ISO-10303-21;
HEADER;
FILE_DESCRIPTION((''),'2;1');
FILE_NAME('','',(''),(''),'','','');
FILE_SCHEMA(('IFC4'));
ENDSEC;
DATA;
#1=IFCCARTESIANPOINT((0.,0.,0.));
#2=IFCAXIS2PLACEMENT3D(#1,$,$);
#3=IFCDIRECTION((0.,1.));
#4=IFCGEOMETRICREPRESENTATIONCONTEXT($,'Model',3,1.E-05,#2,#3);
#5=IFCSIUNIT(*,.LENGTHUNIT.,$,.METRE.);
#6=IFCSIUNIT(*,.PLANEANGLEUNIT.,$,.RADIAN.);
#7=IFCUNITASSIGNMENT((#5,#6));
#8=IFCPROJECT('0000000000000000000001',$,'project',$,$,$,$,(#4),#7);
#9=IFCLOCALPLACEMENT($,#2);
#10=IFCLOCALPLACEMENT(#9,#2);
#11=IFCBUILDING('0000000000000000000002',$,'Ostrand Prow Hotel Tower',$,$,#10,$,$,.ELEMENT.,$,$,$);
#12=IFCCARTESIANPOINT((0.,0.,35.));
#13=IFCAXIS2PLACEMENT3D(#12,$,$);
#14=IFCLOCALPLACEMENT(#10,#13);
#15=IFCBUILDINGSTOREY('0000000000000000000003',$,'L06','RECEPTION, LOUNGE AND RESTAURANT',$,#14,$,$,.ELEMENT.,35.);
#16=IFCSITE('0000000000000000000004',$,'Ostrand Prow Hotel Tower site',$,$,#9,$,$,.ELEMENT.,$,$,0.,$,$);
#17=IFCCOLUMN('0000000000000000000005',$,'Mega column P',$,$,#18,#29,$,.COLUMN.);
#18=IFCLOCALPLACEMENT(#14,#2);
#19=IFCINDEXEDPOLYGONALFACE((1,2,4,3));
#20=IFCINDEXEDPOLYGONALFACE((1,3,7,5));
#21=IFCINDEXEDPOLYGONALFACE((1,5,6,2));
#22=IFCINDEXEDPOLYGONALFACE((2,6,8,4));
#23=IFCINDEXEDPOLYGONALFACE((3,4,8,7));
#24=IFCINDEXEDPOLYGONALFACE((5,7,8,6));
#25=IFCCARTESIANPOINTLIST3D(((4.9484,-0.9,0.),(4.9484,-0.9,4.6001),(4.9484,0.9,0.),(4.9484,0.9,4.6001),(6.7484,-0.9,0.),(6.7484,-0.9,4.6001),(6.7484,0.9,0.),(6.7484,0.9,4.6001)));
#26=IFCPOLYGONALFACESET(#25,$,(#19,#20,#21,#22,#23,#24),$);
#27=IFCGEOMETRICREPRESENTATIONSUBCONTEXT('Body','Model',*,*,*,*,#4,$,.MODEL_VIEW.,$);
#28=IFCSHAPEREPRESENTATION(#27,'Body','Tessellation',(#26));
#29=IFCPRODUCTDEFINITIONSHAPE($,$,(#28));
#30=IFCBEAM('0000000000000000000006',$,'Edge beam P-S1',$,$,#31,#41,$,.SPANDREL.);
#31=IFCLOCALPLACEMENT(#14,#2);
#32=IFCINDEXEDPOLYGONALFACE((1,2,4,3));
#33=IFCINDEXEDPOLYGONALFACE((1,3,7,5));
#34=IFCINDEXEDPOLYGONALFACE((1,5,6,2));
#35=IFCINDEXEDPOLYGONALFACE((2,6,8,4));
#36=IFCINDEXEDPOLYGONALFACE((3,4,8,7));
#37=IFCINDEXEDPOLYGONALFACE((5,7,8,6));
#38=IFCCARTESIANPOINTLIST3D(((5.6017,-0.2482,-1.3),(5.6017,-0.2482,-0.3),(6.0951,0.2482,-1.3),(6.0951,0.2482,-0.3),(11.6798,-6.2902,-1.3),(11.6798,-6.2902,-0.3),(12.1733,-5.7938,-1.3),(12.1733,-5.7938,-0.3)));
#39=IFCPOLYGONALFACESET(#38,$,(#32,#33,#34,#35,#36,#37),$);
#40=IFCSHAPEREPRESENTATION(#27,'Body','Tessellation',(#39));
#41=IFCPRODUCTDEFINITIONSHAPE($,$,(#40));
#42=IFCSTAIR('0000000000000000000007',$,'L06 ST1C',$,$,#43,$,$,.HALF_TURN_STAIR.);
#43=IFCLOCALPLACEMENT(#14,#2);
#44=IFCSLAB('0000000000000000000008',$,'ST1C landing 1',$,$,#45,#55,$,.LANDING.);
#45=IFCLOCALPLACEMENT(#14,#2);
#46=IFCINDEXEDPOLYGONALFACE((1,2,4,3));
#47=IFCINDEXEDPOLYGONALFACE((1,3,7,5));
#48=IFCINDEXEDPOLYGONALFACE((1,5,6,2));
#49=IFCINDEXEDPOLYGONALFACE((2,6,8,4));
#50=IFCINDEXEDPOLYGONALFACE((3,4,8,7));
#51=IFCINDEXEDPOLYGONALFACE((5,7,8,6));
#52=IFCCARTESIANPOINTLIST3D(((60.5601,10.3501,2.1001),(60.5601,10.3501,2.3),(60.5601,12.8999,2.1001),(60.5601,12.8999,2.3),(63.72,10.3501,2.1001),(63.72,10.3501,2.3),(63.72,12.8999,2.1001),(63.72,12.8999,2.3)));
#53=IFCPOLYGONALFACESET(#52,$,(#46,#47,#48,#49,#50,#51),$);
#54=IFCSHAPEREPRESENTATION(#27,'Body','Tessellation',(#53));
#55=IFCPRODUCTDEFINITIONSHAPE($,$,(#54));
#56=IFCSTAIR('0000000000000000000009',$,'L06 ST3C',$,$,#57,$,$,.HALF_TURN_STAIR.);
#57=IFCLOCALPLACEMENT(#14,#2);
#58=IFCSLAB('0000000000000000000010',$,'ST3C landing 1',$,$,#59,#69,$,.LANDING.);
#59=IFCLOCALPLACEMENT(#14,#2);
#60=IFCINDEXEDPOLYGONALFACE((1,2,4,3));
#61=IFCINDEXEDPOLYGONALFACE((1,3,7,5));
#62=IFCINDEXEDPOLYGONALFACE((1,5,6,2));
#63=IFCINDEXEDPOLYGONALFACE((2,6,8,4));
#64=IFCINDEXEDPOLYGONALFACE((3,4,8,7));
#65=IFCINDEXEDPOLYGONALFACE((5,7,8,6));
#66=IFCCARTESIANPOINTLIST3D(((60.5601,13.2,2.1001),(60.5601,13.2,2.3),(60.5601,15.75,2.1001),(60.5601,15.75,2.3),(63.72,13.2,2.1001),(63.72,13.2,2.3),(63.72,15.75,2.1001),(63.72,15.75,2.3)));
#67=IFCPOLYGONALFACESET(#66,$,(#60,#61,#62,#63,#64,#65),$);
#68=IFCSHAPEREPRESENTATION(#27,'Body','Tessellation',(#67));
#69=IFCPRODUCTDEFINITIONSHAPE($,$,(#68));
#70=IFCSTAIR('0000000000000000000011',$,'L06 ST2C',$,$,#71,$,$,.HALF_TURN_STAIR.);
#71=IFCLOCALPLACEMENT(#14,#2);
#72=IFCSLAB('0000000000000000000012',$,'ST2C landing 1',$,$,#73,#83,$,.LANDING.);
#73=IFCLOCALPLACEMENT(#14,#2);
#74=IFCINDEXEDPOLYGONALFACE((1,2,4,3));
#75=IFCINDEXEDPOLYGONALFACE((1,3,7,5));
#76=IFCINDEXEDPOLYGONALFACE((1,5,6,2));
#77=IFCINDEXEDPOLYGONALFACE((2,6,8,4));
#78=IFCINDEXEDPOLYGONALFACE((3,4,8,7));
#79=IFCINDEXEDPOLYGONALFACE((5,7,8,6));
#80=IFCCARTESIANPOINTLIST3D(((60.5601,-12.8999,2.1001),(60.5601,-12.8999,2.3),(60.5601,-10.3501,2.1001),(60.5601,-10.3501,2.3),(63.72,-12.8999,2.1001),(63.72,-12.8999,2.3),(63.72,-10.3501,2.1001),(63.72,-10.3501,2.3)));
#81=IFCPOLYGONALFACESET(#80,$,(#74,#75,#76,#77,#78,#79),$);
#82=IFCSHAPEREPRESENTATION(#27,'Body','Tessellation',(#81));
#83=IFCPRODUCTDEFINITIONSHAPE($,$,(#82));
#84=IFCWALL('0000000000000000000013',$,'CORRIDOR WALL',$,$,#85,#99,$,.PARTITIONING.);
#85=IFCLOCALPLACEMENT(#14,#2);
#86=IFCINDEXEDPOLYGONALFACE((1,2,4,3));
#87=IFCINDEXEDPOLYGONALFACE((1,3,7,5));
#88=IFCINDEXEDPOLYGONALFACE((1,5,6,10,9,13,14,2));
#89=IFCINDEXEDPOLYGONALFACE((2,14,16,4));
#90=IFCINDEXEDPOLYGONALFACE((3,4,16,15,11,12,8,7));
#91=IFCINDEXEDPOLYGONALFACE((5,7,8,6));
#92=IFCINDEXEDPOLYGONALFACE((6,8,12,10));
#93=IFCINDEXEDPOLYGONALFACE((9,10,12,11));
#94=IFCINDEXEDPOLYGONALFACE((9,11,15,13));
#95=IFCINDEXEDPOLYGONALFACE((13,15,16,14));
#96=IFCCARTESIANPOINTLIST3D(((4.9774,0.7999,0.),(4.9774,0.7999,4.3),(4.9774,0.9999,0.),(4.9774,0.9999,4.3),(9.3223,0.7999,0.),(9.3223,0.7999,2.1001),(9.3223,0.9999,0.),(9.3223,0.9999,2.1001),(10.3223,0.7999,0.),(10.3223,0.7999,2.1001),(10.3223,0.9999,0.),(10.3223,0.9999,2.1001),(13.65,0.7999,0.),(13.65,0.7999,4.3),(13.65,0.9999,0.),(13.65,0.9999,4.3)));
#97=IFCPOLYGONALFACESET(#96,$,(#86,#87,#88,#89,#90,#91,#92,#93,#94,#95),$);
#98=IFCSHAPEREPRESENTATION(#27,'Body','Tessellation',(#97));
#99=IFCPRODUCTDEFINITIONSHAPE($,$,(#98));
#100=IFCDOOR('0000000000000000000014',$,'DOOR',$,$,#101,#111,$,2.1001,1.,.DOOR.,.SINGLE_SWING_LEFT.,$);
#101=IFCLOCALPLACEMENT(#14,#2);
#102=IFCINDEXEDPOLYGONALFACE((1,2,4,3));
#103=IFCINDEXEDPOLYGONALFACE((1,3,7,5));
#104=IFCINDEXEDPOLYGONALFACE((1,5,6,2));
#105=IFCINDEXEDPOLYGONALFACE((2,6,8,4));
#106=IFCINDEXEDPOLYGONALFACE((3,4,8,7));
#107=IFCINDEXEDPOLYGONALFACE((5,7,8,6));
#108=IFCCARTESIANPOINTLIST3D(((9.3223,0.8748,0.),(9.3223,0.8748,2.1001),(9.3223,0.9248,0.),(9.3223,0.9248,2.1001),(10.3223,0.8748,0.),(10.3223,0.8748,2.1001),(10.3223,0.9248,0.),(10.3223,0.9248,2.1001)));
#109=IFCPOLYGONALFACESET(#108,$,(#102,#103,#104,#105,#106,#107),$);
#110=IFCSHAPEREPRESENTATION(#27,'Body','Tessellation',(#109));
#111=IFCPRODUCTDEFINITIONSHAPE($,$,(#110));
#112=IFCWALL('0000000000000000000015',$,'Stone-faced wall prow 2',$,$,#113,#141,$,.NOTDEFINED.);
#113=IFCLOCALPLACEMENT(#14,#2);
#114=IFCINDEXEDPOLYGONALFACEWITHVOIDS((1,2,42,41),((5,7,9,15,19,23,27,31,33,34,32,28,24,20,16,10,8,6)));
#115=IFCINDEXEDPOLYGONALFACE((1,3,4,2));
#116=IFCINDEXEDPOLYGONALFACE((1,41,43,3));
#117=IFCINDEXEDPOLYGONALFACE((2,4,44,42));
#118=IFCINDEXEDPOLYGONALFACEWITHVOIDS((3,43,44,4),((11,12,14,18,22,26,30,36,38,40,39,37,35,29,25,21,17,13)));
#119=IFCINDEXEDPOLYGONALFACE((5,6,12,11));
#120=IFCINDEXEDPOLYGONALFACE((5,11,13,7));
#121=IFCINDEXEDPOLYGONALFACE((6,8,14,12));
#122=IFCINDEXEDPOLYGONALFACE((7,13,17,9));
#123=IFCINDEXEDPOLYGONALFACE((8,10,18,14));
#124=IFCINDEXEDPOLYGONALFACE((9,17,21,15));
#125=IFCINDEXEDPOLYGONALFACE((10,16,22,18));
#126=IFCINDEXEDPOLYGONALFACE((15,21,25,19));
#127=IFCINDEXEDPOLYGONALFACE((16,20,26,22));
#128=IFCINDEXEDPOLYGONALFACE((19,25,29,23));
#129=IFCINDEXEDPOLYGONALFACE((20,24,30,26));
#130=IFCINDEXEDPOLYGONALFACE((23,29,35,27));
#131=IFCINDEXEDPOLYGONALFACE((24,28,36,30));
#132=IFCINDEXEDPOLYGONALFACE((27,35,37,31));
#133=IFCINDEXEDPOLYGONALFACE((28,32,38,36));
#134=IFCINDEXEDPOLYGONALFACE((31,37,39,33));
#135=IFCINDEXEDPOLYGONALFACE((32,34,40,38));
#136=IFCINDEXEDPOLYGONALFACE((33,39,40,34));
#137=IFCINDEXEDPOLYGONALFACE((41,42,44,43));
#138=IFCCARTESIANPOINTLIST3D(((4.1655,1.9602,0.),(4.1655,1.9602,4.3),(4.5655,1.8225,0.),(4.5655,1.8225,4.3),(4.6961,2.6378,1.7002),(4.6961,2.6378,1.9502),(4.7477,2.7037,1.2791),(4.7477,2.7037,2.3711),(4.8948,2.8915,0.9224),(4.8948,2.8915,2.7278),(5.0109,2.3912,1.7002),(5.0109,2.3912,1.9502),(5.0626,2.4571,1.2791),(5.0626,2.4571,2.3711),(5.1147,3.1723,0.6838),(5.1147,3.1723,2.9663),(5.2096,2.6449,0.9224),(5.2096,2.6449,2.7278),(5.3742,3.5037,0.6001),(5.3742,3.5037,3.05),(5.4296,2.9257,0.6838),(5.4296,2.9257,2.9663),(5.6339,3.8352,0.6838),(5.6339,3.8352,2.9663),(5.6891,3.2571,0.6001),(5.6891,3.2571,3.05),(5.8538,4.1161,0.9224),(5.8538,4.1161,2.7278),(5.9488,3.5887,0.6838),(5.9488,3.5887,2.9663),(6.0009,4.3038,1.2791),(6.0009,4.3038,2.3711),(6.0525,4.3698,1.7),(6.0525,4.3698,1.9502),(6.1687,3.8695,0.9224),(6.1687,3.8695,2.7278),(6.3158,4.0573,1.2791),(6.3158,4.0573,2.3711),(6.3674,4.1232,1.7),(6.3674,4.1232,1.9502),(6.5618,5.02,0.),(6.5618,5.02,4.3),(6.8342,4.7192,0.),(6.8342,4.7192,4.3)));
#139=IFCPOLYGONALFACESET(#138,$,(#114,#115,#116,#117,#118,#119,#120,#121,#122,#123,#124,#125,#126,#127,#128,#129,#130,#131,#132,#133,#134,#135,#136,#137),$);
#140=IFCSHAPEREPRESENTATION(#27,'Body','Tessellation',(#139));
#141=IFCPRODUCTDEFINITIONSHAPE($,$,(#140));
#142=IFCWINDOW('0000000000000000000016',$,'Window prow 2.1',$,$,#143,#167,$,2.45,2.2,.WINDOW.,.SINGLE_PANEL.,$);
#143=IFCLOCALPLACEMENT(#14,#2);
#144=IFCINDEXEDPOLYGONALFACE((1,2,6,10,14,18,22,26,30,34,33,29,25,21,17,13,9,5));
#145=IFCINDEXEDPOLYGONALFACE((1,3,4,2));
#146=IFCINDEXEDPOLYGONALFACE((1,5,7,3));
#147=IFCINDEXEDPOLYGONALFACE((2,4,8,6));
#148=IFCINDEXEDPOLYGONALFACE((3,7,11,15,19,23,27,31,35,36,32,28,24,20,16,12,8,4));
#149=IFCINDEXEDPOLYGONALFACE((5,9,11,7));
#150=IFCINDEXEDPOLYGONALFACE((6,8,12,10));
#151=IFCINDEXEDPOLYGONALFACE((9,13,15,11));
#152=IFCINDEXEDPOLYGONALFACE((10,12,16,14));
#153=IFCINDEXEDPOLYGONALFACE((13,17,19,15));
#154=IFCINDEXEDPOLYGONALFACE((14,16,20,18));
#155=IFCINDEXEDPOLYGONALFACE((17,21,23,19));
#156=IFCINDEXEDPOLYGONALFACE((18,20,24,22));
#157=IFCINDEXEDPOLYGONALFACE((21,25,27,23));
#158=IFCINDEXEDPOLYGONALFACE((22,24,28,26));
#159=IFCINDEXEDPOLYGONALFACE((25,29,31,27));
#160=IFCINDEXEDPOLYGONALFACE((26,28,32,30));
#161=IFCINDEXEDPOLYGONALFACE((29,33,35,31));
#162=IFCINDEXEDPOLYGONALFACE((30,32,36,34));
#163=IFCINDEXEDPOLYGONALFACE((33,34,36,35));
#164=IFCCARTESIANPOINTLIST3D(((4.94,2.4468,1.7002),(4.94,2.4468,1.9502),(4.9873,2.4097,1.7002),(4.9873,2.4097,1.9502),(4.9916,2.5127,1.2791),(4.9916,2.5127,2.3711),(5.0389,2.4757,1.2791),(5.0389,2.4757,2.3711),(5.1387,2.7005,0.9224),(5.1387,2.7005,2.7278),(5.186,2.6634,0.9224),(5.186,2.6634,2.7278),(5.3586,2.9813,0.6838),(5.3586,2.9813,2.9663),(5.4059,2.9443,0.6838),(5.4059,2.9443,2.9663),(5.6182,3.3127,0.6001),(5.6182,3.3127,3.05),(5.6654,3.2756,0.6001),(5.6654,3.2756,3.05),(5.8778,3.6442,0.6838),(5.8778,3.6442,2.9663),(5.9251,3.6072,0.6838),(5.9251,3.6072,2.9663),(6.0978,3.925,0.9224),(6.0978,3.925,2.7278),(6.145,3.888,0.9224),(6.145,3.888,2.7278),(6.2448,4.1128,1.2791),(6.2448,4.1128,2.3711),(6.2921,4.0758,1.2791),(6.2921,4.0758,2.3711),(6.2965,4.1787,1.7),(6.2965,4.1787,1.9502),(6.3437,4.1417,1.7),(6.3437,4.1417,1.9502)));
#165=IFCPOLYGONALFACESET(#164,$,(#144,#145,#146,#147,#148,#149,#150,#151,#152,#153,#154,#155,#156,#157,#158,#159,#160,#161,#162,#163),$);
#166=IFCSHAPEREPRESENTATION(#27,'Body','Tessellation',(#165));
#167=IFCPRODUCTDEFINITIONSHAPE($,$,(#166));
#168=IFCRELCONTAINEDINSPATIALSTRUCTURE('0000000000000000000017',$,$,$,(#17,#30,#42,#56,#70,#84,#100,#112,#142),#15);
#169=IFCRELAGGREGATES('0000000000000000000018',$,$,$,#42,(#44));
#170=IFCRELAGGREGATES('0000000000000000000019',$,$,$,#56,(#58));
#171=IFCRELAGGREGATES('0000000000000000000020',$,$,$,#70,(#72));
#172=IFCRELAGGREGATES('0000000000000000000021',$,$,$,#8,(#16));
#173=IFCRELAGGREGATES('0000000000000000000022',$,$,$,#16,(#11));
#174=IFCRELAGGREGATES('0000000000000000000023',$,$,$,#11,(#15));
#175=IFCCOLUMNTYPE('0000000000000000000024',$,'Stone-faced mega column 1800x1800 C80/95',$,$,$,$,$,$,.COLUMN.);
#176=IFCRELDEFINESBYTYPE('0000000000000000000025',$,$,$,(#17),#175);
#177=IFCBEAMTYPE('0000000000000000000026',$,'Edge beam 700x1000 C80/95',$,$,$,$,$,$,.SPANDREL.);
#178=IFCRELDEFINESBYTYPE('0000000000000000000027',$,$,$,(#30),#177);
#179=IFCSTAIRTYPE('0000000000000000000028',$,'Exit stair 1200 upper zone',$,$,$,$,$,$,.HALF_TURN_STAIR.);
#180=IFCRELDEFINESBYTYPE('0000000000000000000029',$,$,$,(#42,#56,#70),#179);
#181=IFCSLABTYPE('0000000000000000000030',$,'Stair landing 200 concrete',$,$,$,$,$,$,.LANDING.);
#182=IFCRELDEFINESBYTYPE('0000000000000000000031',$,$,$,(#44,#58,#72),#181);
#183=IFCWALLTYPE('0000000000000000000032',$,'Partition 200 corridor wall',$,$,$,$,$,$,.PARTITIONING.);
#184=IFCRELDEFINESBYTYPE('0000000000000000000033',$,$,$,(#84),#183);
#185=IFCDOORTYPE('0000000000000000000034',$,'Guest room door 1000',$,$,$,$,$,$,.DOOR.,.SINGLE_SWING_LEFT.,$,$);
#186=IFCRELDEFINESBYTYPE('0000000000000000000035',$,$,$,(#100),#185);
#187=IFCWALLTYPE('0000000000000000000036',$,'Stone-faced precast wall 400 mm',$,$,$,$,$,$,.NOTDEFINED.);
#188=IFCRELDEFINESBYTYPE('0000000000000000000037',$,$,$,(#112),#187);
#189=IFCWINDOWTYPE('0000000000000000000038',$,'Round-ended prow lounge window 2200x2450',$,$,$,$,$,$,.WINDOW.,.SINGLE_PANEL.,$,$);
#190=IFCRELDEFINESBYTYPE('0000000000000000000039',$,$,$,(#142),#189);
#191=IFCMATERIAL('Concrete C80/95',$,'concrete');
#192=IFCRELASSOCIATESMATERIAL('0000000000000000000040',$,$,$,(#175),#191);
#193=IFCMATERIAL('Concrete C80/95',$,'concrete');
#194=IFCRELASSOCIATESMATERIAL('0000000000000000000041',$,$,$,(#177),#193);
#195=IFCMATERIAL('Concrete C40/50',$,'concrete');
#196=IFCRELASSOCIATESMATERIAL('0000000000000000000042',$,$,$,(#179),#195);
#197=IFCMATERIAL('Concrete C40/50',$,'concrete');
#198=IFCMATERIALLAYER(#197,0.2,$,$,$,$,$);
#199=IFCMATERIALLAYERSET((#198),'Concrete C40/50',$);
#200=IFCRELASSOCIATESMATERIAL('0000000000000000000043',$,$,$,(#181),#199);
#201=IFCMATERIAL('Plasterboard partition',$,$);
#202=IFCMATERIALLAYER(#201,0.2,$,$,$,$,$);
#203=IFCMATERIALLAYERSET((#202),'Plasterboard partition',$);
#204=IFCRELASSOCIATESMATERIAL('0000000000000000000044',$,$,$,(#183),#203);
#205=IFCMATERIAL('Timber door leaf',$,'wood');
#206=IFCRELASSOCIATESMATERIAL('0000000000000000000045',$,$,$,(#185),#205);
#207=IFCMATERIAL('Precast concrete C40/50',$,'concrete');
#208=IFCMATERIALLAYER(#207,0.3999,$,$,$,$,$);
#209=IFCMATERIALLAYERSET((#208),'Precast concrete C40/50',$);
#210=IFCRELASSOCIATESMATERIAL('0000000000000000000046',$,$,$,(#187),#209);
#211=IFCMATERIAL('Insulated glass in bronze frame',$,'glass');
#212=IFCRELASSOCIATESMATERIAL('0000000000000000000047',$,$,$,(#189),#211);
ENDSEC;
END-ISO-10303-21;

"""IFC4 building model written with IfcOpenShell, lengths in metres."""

from ifc_helpers import new_model, si_unit, direction, frame, frame_2d, origin, origin_2d, place, context, subcontext, project, spatial, polyline, rectangle, outline, extrude, material, layer, layer_set, material_profile, profile_set, type_object, element, fill, aggregate, save


model = new_model("IFC4")

# Units and contexts
model_context = context("Model", 3, precision=1e-05, world=origin(), true_north=direction((0.0, 1.0)))
body_context = subcontext(model_context, "Body", "Model", "MODEL_VIEW")
ifc_project = project(units=[si_unit("LENGTHUNIT", "METRE"), si_unit("PLANEANGLEUNIT", "RADIAN")], contexts=[model_context])

# Site, building, storey
site_placement = place(None, origin())
site = spatial("IfcSite", under=ifc_project, at=site_placement, Name="Ostrand Prow Hotel Tower site", CompositionType="ELEMENT", RefElevation=0.0)
building_placement = place(site_placement, origin())
building = spatial("IfcBuilding", under=site, at=building_placement, Name="Ostrand Prow Hotel Tower", CompositionType="ELEMENT")
storey_placement = place(building_placement, frame((0.0, 0.0, 35.0)))
storey = spatial("IfcBuildingStorey", under=building, at=storey_placement, Name="L06", Description="RECEPTION, LOUNGE AND RESTAURANT", CompositionType="ELEMENT", Elevation=35.0)

# Column
ifc_material_1 = material(Name="Concrete C80/95", Category="concrete")
ifc_material_profile_1 = material_profile(ifc_material_1, rectangle(XDim=1.8, YDim=1.8, at=origin_2d()), Name="RC 1800x1800")
ifc_profile_set_1 = profile_set([ifc_material_profile_1], Name="Concrete C80/95")
column_type = type_object("IfcColumnType", Name="Stone-faced mega column 1800x1800 C80/95", PredefinedType="COLUMN", material=ifc_profile_set_1)
column_placement = place(storey_placement, frame((5.8484, 0.0, 0.0), z_axis=(0.0, 0.0, 1.0), x_axis=(1.0, 0.0, 0.0)))
element("IfcColumn", 1, at=column_placement, inside=storey, type_object=column_type, Name="Mega column P", PredefinedType="COLUMN", context=body_context, shape_type="SweptSolid", body=[
    extrude(rectangle(XDim=1.8, YDim=1.8, at=origin_2d()), origin(), (0.0, 0.0, 1.0), 4.6001),
])

# Beam
ifc_material_2 = material(Name="Concrete C80/95", Category="concrete")
ifc_material_profile_2 = material_profile(ifc_material_2, rectangle(XDim=0.7, YDim=1.0, at=origin_2d()), Name="RC 700x1000")
ifc_profile_set_2 = profile_set([ifc_material_profile_2], Name="Concrete C80/95")
beam_type = type_object("IfcBeamType", Name="Edge beam 700x1000 C80/95", PredefinedType="SPANDREL", material=ifc_profile_set_2)
beam_placement = place(storey_placement, frame((5.8484, 0.0, -0.8), z_axis=(0.709212, -0.704996, 0.0), x_axis=(0.704996, 0.709212, 0.0)))
element("IfcBeam", 2, at=beam_placement, inside=storey, type_object=beam_type, Name="Edge beam P-S1", PredefinedType="SPANDREL", context=body_context, shape_type="SweptSolid", body=[
    extrude(rectangle(XDim=0.7, YDim=1.0, at=origin_2d()), origin(), (0.0, 0.0, 1.0), 8.5703),
])

# Stairs, slabs
ifc_material_3 = material(Name="Concrete C40/50", Category="concrete")
stair_type = type_object("IfcStairType", Name="Exit stair 1200 upper zone", PredefinedType="HALF_TURN_STAIR", material=ifc_material_3)
stair_1_placement = place(storey_placement, origin())
stair_1 = element("IfcStair", 3, at=stair_1_placement, inside=storey, type_object=stair_type, Name="L06 ST1C", PredefinedType="HALF_TURN_STAIR")
ifc_material_4 = material(Name="Concrete C40/50", Category="concrete")
ifc_layer_1 = layer(ifc_material_4, 0.2)
ifc_layer_set_1 = layer_set([ifc_layer_1], Name="Concrete C40/50")
slab_type = type_object("IfcSlabType", Name="Stair landing 200 concrete", PredefinedType="LANDING", material=ifc_layer_set_1)
slab_1_placement = place(storey_placement, frame((0.0, 0.0, 2.1001)))
slab_1 = element("IfcSlab", 4, at=slab_1_placement, type_object=slab_type, Name="ST1C landing 1", PredefinedType="LANDING", context=body_context, shape_type="SweptSolid", body=[
    extrude(outline(polyline([(60.5601, 10.3501), (63.72, 10.3501), (63.72, 12.8999), (60.5601, 12.8999), (60.5601, 10.3501)])), origin(), (0.0, 0.0, 1.0), 0.2),
])
aggregate(stair_1, [slab_1])
stair_2_placement = place(storey_placement, origin())
stair_2 = element("IfcStair", 5, at=stair_2_placement, inside=storey, type_object=stair_type, Name="L06 ST3C", PredefinedType="HALF_TURN_STAIR")
slab_2_placement = place(storey_placement, frame((0.0, 0.0, 2.1001)))
slab_2 = element("IfcSlab", 6, at=slab_2_placement, type_object=slab_type, Name="ST3C landing 1", PredefinedType="LANDING", context=body_context, shape_type="SweptSolid", body=[
    extrude(outline(polyline([(60.5601, 13.2), (63.72, 13.2), (63.72, 15.75), (60.5601, 15.75), (60.5601, 13.2)])), origin(), (0.0, 0.0, 1.0), 0.2),
])
aggregate(stair_2, [slab_2])
stair_3_placement = place(storey_placement, origin())
stair_3 = element("IfcStair", 7, at=stair_3_placement, inside=storey, type_object=stair_type, Name="L06 ST2C", PredefinedType="HALF_TURN_STAIR")
slab_3_placement = place(storey_placement, frame((0.0, 0.0, 2.1001)))
slab_3 = element("IfcSlab", 8, at=slab_3_placement, type_object=slab_type, Name="ST2C landing 1", PredefinedType="LANDING", context=body_context, shape_type="SweptSolid", body=[
    extrude(outline(polyline([(60.5601, -12.8999), (63.72, -12.8999), (63.72, -10.3501), (60.5601, -10.3501), (60.5601, -12.8999)])), origin(), (0.0, 0.0, 1.0), 0.2),
])
aggregate(stair_3, [slab_3])

# Wall, opening, door
ifc_material_5 = material(Name="Plasterboard partition")
ifc_layer_2 = layer(ifc_material_5, 0.2)
ifc_layer_set_2 = layer_set([ifc_layer_2], Name="Plasterboard partition")
wall_type_1 = type_object("IfcWallType", Name="Partition 200 corridor wall", PredefinedType="PARTITIONING", material=ifc_layer_set_2)
wall_1_placement = place(storey_placement, frame((4.9773, 0.8999, 0.0), z_axis=(0.0, 0.0, 1.0), x_axis=(1.0, 0.0, 0.0)))
wall_1 = element("IfcWall", 9, at=wall_1_placement, inside=storey, type_object=wall_type_1, Name="CORRIDOR WALL", PredefinedType="PARTITIONING", context=body_context, shape_type="SweptSolid", body=[
    extrude(rectangle(XDim=8.6726, YDim=0.2, at=frame_2d((4.3364, 0.0))), origin(), (0.0, 0.0, 1.0), 4.3),
])
opening_1_placement = place(wall_1_placement, frame((4.345, 0.0, 0.0)))
opening_1 = element("IfcOpeningElement", 10, at=opening_1_placement, cuts=wall_1, PredefinedType="OPENING", context=body_context, shape_type="SweptSolid", body=[
    extrude(rectangle(XDim=1.0, YDim=2.1001, at=frame_2d((0.5, 1.05))), frame((0.0, 0.1099, 0.0), z_axis=(0.0, -1.0, 0.0), x_axis=(1.0, 0.0, 0.0)), (0.0, 0.0, 1.0), 0.22),
])
ifc_material_6 = material(Name="Timber door leaf", Category="wood")
door_type = type_object("IfcDoorType", Name="Guest room door 1000", OperationType="SINGLE_SWING_LEFT", PredefinedType="DOOR", material=ifc_material_6)
door_placement = place(opening_1_placement, origin())
door = element("IfcDoor", 11, at=door_placement, inside=storey, type_object=door_type, Name="DOOR", OperationType="SINGLE_SWING_LEFT", OverallHeight=2.1001, OverallWidth=1.0, PredefinedType="DOOR", context=body_context, shape_type="SweptSolid", body=[
    extrude(rectangle(XDim=1.0, YDim=2.1001, at=frame_2d((0.5, 1.05))), frame((0.0, 0.0249, 0.0), z_axis=(0.0, -1.0, 0.0), x_axis=(1.0, 0.0, 0.0)), (0.0, 0.0, 1.0), 0.05),
])
fill(opening_1, door)

# Wall, opening, window
ifc_material_7 = material(Name="Precast concrete C40/50", Category="concrete")
ifc_layer_3 = layer(ifc_material_7, 0.3999)
ifc_layer_set_3 = layer_set([ifc_layer_3], Name="Precast concrete C40/50")
wall_type_2 = type_object("IfcWallType", Name="Stone-faced precast wall 400 mm", PredefinedType="NOTDEFINED", material=ifc_layer_set_3)
wall_2_placement = place(storey_placement, frame((6.698, 4.8696, 0.0), z_axis=(0.0, 0.0, 1.0), x_axis=(-0.616587, -0.787287, 0.0)))
wall_2 = element("IfcWall", 12, at=wall_2_placement, inside=storey, type_object=wall_type_2, Name="Stone-faced wall prow 2", PredefinedType="NOTDEFINED", context=body_context, shape_type="SweptSolid", body=[
    extrude(outline(polyline([(-0.0344, -0.2), (3.8521, -0.2), (3.7139, 0.2), (0.0344, 0.2), (-0.0344, -0.2)])), origin(), (0.0, 0.0, 1.0), 4.3),
])
opening_2_placement = place(wall_2_placement, frame((0.7915, 0.0, 0.6001)))
opening_2 = element("IfcOpeningElement", 13, at=opening_2_placement, cuts=wall_2, PredefinedType="OPENING", context=body_context, shape_type="SweptSolid", body=[
    extrude(outline(polyline([(0.0, 1.3501), (0.0837, 1.771), (0.3223, 2.1277), (0.679, 2.3662), (1.1001, 2.45), (1.521, 2.3662), (1.8777, 2.1277), (2.1162, 1.771), (2.2, 1.3501), (2.2, 1.1001), (2.1162, 0.679), (1.8777, 0.3223), (1.521, 0.0837), (1.1001, 0.0), (0.679, 0.0837), (0.3223, 0.3223), (0.0837, 0.679), (0.0, 1.0999), (0.0, 1.3501)])), frame((0.0, 0.21, 0.0), z_axis=(0.0, -1.0, 0.0), x_axis=(1.0, 0.0, 0.0)), (0.0, 0.0, 1.0), 0.4199),
])
ifc_material_8 = material(Name="Insulated glass in bronze frame", Category="glass")
window_type = type_object("IfcWindowType", Name="Round-ended prow lounge window 2200x2450", PartitioningType="SINGLE_PANEL", PredefinedType="WINDOW", material=ifc_material_8)
window_1_placement = place(opening_2_placement, origin())
window_1 = element("IfcWindow", 14, at=window_1_placement, inside=storey, type_object=window_type, Name="Window prow 2.1", OverallHeight=2.45, OverallWidth=2.2, PartitioningType="SINGLE_PANEL", PredefinedType="WINDOW", context=body_context, shape_type="SweptSolid", body=[
    extrude(outline(polyline([(0.0, 1.3501), (0.0837, 1.771), (0.3223, 2.1277), (0.679, 2.3662), (1.1001, 2.45), (1.521, 2.3662), (1.8777, 2.1277), (2.1162, 1.771), (2.2, 1.3501), (2.2, 1.1001), (2.1162, 0.679), (1.8777, 0.3223), (1.521, 0.0837), (1.1001, 0.0), (0.679, 0.0837), (0.3223, 0.3223), (0.0837, 0.679), (0.0, 1.0999), (0.0, 1.3501)])), frame((0.0, 0.1699, 0.0), z_axis=(0.0, -1.0, 0.0), x_axis=(1.0, 0.0, 0.0)), (0.0, 0.0, 1.0), 0.0601),
])
fill(opening_2, window_1)

save(model, "model.ifc")
